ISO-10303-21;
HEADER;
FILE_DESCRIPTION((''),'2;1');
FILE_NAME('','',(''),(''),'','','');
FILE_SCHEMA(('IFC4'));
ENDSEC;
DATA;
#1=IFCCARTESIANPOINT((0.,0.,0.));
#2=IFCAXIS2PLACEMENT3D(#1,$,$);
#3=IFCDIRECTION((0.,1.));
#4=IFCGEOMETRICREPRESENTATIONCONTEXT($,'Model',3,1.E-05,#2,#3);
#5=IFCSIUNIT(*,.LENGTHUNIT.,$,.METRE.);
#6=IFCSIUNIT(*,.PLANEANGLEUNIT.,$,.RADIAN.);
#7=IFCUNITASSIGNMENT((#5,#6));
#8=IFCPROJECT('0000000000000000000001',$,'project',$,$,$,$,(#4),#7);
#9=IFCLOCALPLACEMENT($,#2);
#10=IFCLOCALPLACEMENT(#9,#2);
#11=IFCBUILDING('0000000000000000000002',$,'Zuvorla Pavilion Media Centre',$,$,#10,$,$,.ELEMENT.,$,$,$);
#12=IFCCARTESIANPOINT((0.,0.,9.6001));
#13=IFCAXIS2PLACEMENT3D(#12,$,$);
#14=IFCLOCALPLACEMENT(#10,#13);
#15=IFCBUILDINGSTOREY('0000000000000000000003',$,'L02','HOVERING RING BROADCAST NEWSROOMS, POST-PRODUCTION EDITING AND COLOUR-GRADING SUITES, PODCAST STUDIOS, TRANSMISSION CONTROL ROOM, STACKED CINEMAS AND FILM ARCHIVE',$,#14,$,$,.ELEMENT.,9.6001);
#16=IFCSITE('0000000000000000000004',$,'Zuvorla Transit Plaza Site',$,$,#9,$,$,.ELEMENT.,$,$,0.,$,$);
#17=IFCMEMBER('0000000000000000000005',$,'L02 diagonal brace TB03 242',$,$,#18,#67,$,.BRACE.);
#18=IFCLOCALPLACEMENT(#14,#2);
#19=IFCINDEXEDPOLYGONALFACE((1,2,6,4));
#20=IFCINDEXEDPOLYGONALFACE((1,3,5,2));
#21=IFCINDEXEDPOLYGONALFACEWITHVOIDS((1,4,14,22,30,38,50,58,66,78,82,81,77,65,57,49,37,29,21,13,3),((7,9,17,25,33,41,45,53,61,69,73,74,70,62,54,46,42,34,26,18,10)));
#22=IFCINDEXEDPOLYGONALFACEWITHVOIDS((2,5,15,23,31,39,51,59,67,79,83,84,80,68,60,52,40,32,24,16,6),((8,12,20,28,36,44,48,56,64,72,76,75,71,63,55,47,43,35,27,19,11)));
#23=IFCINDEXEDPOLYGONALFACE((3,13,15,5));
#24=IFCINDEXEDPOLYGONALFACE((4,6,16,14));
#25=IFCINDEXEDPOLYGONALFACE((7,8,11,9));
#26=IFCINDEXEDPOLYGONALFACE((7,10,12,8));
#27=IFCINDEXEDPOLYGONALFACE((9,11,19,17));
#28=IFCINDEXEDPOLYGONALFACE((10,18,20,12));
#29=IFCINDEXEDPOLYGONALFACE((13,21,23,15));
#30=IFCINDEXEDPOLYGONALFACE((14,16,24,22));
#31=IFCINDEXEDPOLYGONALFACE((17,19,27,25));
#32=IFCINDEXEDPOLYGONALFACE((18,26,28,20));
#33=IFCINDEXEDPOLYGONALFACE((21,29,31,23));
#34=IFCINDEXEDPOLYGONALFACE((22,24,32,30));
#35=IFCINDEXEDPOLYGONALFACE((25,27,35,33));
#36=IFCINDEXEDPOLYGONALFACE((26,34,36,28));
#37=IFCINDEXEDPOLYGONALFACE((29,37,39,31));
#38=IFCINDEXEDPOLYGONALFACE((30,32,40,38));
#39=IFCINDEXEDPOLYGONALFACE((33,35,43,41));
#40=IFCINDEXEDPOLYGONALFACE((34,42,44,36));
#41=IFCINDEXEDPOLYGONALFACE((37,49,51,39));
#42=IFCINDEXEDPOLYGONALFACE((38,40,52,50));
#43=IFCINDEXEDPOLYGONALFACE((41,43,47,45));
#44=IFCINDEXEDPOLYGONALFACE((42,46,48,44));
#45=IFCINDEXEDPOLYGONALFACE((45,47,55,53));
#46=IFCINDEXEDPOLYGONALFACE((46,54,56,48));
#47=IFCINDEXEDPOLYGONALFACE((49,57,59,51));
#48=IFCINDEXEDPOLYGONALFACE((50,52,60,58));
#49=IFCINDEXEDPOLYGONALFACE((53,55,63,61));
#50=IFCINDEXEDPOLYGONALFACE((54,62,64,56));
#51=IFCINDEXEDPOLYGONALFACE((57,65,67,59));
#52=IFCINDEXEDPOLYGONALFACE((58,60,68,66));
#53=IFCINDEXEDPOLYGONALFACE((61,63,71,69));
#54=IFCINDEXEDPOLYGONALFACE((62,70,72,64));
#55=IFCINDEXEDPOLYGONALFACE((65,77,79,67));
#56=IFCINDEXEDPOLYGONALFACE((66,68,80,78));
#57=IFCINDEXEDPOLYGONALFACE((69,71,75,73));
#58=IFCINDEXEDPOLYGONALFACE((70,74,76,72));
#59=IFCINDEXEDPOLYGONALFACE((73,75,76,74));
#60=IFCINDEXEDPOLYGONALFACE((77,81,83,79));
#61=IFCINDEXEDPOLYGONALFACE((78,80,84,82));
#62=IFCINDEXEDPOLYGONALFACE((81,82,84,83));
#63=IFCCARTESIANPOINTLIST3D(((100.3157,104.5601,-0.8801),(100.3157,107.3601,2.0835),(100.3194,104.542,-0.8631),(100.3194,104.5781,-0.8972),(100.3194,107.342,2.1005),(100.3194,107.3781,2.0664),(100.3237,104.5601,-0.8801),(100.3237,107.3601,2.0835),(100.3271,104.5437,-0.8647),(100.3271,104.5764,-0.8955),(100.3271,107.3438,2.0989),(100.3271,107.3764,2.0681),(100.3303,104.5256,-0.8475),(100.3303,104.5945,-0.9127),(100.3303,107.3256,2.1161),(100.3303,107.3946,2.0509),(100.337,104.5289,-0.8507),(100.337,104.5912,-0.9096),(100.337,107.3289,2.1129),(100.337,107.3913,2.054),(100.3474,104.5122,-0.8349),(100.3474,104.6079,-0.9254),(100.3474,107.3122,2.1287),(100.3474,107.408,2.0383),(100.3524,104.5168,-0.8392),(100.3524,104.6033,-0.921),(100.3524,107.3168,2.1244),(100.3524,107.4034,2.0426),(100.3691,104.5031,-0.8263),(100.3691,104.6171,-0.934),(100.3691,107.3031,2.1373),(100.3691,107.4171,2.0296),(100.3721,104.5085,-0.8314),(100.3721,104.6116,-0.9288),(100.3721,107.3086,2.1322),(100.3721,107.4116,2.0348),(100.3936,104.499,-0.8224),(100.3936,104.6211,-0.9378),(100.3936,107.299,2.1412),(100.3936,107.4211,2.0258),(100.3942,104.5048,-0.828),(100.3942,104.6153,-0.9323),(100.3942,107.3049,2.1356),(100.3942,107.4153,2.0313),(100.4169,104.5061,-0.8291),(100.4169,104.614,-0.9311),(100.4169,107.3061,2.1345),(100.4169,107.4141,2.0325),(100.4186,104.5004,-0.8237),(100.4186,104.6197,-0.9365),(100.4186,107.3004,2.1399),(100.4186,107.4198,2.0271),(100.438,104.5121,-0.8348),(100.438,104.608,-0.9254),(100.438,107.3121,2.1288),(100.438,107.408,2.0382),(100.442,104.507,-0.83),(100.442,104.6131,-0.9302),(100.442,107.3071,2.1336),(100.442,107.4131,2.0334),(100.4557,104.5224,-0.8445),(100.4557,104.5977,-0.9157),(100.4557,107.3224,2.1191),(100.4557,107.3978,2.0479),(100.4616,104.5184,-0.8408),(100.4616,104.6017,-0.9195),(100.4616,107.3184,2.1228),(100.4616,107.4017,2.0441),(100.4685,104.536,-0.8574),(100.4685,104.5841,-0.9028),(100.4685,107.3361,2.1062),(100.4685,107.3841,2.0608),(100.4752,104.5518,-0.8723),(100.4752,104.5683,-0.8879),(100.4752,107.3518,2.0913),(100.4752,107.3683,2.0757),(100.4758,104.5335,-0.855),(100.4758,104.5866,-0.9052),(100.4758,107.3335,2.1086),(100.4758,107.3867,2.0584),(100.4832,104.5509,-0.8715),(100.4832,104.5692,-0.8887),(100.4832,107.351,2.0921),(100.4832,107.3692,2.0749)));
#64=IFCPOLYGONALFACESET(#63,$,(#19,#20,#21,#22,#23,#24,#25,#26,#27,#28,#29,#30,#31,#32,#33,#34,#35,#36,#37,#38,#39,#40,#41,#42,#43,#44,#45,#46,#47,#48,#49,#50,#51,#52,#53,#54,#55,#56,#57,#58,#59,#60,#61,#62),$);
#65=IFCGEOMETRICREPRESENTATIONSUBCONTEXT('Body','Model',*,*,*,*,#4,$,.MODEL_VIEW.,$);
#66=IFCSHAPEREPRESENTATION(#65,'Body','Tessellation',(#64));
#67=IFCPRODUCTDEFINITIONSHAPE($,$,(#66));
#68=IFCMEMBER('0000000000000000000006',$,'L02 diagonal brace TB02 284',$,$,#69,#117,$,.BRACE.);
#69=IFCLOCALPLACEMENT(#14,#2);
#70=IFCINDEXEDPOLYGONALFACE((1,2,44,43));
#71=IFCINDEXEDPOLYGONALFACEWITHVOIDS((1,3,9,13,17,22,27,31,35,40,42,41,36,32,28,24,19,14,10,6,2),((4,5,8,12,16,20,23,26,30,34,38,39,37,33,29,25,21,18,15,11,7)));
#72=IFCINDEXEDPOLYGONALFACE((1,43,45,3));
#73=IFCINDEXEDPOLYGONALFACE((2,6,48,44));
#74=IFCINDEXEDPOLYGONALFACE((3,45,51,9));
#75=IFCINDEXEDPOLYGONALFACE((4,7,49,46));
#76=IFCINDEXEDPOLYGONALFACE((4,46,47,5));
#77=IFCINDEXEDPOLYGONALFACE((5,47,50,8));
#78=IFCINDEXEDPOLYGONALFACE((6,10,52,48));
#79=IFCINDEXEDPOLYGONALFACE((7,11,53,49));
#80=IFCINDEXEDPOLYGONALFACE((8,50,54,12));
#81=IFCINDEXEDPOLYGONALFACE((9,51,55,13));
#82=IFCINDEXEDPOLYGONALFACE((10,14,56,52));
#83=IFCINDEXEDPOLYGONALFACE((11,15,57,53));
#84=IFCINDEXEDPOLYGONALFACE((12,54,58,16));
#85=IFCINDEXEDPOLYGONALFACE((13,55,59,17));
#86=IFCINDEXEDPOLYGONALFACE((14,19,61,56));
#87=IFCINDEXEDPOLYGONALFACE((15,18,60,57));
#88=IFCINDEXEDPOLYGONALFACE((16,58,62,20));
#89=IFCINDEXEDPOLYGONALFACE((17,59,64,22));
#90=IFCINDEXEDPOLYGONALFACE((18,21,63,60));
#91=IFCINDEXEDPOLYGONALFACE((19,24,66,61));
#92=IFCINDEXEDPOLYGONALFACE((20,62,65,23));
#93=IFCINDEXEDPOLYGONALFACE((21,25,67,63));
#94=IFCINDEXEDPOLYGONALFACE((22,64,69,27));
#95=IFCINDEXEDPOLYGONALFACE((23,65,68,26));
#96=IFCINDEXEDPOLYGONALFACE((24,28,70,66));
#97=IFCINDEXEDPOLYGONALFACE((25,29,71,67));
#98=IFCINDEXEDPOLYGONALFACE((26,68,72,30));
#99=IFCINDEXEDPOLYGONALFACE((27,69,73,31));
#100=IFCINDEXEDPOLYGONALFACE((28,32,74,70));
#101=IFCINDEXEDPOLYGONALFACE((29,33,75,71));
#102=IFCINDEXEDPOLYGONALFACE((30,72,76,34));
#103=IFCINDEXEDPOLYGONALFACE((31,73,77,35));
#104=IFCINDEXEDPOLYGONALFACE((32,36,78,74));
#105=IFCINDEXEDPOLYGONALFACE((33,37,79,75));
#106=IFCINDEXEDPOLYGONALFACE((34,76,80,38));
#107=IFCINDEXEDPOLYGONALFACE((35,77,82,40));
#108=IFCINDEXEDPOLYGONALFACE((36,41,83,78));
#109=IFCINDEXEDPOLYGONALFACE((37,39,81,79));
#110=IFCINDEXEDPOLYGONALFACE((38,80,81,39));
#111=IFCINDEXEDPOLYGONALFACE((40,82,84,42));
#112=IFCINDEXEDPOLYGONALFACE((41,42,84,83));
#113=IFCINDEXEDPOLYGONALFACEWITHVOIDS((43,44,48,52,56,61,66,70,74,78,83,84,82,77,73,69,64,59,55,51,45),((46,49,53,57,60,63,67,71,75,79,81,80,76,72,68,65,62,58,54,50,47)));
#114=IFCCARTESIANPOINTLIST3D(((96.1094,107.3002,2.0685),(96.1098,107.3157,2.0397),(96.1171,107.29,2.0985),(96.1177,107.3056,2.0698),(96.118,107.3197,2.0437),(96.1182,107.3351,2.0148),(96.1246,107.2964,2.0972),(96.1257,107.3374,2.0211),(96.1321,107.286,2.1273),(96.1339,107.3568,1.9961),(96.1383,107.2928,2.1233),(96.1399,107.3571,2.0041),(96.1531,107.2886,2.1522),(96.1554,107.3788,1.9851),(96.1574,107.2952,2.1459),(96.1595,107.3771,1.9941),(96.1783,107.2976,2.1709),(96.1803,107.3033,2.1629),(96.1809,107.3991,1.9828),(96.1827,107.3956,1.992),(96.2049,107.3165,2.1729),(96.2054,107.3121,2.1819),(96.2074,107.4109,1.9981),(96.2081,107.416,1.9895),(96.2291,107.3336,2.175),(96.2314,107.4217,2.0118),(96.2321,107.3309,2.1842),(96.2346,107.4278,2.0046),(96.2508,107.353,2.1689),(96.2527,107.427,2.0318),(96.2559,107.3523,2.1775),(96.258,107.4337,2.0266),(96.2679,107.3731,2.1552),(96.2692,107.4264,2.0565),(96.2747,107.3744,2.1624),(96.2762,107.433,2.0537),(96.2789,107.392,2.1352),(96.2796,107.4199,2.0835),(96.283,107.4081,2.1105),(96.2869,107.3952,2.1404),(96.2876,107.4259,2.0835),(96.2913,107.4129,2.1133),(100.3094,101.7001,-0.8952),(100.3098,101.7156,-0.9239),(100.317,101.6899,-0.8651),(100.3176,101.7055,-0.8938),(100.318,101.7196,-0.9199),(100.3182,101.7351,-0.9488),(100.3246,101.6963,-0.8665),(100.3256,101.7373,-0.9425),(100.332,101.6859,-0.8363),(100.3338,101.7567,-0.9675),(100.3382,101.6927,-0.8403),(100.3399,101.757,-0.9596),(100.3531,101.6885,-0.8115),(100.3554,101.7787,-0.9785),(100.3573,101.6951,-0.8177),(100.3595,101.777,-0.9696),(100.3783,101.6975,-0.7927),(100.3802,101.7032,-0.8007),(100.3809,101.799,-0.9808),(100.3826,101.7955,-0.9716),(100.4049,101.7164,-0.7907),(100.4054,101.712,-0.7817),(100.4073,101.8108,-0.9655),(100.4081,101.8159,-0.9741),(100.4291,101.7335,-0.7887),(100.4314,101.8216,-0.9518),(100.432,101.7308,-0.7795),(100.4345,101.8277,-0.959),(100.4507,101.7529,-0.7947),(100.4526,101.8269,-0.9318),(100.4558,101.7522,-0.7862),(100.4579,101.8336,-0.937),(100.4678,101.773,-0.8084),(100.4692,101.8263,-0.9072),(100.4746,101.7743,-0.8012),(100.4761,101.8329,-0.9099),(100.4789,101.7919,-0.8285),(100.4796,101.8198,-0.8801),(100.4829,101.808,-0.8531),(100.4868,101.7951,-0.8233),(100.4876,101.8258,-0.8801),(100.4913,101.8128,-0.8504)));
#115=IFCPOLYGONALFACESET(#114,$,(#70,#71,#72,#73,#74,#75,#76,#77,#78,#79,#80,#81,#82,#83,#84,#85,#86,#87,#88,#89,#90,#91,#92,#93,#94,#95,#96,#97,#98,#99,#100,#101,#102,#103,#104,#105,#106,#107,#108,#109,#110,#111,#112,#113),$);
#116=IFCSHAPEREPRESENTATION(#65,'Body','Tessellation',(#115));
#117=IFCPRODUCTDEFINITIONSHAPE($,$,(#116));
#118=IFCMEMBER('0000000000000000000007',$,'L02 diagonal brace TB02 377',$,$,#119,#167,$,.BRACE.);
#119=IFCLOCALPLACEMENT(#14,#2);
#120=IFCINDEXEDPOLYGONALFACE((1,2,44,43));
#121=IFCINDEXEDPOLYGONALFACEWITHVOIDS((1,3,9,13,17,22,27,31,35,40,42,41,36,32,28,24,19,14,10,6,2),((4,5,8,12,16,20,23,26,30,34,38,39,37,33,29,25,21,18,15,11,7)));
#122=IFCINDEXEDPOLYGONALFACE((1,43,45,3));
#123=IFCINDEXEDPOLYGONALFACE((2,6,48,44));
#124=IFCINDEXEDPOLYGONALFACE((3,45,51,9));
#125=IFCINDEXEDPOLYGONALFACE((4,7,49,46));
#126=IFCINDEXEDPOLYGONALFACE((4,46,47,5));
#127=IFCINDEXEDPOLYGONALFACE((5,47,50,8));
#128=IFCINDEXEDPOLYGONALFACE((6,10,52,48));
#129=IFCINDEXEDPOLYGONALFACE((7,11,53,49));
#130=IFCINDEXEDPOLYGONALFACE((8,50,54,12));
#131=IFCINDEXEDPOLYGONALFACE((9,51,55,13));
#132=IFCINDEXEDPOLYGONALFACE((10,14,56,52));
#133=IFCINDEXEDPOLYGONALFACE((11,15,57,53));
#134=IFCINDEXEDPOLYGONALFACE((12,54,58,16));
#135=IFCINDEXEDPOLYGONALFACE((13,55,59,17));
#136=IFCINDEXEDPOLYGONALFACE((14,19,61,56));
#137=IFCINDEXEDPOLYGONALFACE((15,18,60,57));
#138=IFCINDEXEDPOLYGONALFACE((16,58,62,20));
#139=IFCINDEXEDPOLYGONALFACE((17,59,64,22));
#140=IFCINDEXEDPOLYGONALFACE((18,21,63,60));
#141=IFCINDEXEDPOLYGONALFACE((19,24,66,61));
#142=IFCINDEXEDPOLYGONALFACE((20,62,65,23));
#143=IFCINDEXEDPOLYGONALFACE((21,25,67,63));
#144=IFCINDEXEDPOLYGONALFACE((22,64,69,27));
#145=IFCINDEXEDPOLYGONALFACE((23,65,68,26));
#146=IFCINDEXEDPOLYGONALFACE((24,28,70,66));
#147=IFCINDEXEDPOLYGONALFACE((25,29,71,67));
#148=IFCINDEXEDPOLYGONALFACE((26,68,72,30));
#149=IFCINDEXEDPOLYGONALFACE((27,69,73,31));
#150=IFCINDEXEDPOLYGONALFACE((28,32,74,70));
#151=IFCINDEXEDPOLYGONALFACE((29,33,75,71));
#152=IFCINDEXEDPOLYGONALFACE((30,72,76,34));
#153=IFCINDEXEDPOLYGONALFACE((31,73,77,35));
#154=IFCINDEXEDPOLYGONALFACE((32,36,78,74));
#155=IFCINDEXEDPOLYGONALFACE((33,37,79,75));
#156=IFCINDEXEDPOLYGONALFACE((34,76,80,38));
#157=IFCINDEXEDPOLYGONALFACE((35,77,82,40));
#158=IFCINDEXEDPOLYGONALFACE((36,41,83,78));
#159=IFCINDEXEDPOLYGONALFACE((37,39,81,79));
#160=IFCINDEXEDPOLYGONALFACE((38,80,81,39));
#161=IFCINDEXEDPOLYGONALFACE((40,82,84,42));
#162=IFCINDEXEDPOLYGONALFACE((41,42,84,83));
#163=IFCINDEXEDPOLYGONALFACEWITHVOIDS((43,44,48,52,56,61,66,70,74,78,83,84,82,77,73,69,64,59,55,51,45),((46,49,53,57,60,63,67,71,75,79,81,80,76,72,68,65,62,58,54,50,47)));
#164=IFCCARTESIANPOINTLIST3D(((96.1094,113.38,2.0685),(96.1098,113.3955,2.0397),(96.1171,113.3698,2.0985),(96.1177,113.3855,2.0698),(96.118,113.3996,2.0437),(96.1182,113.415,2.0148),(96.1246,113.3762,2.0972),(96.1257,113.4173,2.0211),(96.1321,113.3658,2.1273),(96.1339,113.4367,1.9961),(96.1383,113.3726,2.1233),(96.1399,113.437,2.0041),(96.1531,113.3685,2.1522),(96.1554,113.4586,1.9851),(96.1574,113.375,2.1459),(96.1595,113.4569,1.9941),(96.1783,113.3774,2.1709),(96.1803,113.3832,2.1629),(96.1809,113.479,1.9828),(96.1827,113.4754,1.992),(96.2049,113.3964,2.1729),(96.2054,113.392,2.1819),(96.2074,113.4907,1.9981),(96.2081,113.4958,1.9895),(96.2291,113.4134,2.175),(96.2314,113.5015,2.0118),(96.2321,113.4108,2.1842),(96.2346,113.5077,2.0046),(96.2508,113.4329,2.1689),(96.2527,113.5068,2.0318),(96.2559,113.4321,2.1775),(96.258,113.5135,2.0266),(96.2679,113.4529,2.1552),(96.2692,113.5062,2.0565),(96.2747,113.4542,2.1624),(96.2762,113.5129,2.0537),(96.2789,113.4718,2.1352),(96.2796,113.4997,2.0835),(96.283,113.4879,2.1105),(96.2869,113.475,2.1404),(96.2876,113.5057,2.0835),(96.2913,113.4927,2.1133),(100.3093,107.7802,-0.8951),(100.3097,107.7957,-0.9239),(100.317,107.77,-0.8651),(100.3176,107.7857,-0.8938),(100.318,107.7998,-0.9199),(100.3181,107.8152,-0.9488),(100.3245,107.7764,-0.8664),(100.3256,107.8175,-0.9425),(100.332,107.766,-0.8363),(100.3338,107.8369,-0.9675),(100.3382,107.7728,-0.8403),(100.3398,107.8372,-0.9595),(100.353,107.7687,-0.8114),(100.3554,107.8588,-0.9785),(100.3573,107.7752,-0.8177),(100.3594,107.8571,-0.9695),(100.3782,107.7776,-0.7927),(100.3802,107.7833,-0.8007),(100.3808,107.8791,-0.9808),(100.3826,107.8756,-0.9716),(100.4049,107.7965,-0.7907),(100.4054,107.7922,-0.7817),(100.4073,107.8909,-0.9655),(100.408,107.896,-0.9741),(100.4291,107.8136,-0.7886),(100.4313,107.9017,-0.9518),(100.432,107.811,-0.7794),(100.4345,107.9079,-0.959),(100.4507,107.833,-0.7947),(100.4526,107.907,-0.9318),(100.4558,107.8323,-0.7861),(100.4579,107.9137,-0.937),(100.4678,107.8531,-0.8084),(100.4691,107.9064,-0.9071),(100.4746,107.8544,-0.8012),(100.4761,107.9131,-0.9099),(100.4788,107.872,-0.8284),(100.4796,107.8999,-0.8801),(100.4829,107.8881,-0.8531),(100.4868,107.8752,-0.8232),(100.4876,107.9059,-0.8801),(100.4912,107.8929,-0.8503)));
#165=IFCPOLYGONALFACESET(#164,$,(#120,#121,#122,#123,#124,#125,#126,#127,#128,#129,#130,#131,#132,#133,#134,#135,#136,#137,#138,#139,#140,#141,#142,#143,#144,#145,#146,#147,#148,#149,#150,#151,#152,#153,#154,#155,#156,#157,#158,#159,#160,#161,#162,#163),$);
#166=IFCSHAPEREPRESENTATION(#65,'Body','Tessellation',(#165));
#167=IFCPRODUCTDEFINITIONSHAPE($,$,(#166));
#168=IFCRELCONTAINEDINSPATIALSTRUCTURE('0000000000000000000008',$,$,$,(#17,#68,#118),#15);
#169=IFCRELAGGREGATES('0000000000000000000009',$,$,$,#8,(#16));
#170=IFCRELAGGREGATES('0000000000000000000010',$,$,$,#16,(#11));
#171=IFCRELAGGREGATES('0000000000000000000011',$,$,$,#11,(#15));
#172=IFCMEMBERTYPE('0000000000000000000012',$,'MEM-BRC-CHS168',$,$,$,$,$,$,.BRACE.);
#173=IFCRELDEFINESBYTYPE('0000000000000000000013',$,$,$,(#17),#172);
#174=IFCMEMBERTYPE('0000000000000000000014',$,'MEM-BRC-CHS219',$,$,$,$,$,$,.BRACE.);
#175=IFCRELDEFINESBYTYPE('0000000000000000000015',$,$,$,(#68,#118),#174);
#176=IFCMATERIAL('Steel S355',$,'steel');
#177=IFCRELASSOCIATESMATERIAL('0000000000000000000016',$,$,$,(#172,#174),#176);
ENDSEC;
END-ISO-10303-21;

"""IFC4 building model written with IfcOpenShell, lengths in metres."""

from ifc_helpers import new_model, si_unit, direction, frame, origin, origin_2d, place, context, subcontext, project, spatial, hollow_circle, extrude, material, material_profile, profile_set, type_object, element, save


model = new_model("IFC4")

# Units and contexts
model_context = context("Model", 3, precision=1e-05, world=origin(), true_north=direction((0.0, 1.0)))
body_context = subcontext(model_context, "Body", "Model", "MODEL_VIEW")
ifc_project = project(units=[si_unit("LENGTHUNIT", "METRE"), si_unit("PLANEANGLEUNIT", "RADIAN")], contexts=[model_context])

# Site, building, storey
site_placement = place(None, origin())
site = spatial("IfcSite", under=ifc_project, at=site_placement, Name="Zuvorla Transit Plaza Site", CompositionType="ELEMENT", RefElevation=0.0)
building_placement = place(site_placement, origin())
building = spatial("IfcBuilding", under=site, at=building_placement, Name="Zuvorla Pavilion Media Centre", CompositionType="ELEMENT")
storey_placement = place(building_placement, frame((0.0, 0.0, 9.6001)))
storey = spatial("IfcBuildingStorey", under=building, at=storey_placement, Name="L02", Description="HOVERING RING BROADCAST NEWSROOMS, POST-PRODUCTION EDITING AND COLOUR-GRADING SUITES, PODCAST STUDIOS, TRANSMISSION CONTROL ROOM, STACKED CINEMAS AND FILM ARCHIVE", CompositionType="ELEMENT", Elevation=9.6001)

# Shared definitions
ifc_material_1 = material(Name="Steel S355", Category="steel")

# Members
ifc_material_profile_1 = material_profile(ifc_material_1, hollow_circle(Radius=0.0842, WallThickness=0.0081, at=origin_2d()), Name="CHS 168.3x8")
ifc_profile_set_1 = profile_set([ifc_material_profile_1], Name="Steel S355")
member_type_1 = type_object("IfcMemberType", Name="MEM-BRC-CHS168", PredefinedType="BRACE", material=ifc_profile_set_1)
member_1_placement = place(storey_placement, frame((100.3999, 104.5601, -0.8801), z_axis=(0.0, 0.686762, 0.726882), x_axis=(-1.0, 0.0, 0.0)))
element("IfcMember", 1, at=member_1_placement, inside=storey, type_object=member_type_1, Name="L02 diagonal brace TB03 242", PredefinedType="BRACE", context=body_context, shape_type="SweptSolid", body=[
    extrude(hollow_circle(Radius=0.0842, WallThickness=0.0081, at=origin_2d()), origin(), (0.0, 0.0, 1.0), 4.0771),
])
ifc_material_profile_2 = material_profile(ifc_material_1, hollow_circle(Radius=0.1096, WallThickness=0.01, at=origin_2d()), Name="CHS 219.1x10")
ifc_profile_set_2 = profile_set([ifc_material_profile_2], Name="Steel S355")
member_type_2 = type_object("IfcMemberType", Name="MEM-BRC-CHS219", PredefinedType="BRACE", material=ifc_profile_set_2)
member_2_placement = place(storey_placement, frame((96.2, 107.3601, 2.0835), z_axis=(0.552512, -0.736704, -0.38987), x_axis=(0.800008, 0.599989, 0.0)))
element("IfcMember", 2, at=member_2_placement, inside=storey, type_object=member_type_2, Name="L02 diagonal brace TB02 284", PredefinedType="BRACE", context=body_context, shape_type="SweptSolid", body=[
    extrude(hollow_circle(Radius=0.1096, WallThickness=0.01, at=origin_2d()), origin(), (0.0, 0.0, 1.0), 7.6016),
])
member_3_placement = place(storey_placement, frame((96.2, 113.4399, 2.0835), z_axis=(0.552525, -0.736689, -0.389879), x_axis=(0.799996, 0.600006, 0.0)))
element("IfcMember", 3, at=member_3_placement, inside=storey, type_object=member_type_2, Name="L02 diagonal brace TB02 377", PredefinedType="BRACE", context=body_context, shape_type="SweptSolid", body=[
    extrude(hollow_circle(Radius=0.1096, WallThickness=0.01, at=origin_2d()), origin(), (0.0, 0.0, 1.0), 7.6013),
])

save(model, "model.ifc")
